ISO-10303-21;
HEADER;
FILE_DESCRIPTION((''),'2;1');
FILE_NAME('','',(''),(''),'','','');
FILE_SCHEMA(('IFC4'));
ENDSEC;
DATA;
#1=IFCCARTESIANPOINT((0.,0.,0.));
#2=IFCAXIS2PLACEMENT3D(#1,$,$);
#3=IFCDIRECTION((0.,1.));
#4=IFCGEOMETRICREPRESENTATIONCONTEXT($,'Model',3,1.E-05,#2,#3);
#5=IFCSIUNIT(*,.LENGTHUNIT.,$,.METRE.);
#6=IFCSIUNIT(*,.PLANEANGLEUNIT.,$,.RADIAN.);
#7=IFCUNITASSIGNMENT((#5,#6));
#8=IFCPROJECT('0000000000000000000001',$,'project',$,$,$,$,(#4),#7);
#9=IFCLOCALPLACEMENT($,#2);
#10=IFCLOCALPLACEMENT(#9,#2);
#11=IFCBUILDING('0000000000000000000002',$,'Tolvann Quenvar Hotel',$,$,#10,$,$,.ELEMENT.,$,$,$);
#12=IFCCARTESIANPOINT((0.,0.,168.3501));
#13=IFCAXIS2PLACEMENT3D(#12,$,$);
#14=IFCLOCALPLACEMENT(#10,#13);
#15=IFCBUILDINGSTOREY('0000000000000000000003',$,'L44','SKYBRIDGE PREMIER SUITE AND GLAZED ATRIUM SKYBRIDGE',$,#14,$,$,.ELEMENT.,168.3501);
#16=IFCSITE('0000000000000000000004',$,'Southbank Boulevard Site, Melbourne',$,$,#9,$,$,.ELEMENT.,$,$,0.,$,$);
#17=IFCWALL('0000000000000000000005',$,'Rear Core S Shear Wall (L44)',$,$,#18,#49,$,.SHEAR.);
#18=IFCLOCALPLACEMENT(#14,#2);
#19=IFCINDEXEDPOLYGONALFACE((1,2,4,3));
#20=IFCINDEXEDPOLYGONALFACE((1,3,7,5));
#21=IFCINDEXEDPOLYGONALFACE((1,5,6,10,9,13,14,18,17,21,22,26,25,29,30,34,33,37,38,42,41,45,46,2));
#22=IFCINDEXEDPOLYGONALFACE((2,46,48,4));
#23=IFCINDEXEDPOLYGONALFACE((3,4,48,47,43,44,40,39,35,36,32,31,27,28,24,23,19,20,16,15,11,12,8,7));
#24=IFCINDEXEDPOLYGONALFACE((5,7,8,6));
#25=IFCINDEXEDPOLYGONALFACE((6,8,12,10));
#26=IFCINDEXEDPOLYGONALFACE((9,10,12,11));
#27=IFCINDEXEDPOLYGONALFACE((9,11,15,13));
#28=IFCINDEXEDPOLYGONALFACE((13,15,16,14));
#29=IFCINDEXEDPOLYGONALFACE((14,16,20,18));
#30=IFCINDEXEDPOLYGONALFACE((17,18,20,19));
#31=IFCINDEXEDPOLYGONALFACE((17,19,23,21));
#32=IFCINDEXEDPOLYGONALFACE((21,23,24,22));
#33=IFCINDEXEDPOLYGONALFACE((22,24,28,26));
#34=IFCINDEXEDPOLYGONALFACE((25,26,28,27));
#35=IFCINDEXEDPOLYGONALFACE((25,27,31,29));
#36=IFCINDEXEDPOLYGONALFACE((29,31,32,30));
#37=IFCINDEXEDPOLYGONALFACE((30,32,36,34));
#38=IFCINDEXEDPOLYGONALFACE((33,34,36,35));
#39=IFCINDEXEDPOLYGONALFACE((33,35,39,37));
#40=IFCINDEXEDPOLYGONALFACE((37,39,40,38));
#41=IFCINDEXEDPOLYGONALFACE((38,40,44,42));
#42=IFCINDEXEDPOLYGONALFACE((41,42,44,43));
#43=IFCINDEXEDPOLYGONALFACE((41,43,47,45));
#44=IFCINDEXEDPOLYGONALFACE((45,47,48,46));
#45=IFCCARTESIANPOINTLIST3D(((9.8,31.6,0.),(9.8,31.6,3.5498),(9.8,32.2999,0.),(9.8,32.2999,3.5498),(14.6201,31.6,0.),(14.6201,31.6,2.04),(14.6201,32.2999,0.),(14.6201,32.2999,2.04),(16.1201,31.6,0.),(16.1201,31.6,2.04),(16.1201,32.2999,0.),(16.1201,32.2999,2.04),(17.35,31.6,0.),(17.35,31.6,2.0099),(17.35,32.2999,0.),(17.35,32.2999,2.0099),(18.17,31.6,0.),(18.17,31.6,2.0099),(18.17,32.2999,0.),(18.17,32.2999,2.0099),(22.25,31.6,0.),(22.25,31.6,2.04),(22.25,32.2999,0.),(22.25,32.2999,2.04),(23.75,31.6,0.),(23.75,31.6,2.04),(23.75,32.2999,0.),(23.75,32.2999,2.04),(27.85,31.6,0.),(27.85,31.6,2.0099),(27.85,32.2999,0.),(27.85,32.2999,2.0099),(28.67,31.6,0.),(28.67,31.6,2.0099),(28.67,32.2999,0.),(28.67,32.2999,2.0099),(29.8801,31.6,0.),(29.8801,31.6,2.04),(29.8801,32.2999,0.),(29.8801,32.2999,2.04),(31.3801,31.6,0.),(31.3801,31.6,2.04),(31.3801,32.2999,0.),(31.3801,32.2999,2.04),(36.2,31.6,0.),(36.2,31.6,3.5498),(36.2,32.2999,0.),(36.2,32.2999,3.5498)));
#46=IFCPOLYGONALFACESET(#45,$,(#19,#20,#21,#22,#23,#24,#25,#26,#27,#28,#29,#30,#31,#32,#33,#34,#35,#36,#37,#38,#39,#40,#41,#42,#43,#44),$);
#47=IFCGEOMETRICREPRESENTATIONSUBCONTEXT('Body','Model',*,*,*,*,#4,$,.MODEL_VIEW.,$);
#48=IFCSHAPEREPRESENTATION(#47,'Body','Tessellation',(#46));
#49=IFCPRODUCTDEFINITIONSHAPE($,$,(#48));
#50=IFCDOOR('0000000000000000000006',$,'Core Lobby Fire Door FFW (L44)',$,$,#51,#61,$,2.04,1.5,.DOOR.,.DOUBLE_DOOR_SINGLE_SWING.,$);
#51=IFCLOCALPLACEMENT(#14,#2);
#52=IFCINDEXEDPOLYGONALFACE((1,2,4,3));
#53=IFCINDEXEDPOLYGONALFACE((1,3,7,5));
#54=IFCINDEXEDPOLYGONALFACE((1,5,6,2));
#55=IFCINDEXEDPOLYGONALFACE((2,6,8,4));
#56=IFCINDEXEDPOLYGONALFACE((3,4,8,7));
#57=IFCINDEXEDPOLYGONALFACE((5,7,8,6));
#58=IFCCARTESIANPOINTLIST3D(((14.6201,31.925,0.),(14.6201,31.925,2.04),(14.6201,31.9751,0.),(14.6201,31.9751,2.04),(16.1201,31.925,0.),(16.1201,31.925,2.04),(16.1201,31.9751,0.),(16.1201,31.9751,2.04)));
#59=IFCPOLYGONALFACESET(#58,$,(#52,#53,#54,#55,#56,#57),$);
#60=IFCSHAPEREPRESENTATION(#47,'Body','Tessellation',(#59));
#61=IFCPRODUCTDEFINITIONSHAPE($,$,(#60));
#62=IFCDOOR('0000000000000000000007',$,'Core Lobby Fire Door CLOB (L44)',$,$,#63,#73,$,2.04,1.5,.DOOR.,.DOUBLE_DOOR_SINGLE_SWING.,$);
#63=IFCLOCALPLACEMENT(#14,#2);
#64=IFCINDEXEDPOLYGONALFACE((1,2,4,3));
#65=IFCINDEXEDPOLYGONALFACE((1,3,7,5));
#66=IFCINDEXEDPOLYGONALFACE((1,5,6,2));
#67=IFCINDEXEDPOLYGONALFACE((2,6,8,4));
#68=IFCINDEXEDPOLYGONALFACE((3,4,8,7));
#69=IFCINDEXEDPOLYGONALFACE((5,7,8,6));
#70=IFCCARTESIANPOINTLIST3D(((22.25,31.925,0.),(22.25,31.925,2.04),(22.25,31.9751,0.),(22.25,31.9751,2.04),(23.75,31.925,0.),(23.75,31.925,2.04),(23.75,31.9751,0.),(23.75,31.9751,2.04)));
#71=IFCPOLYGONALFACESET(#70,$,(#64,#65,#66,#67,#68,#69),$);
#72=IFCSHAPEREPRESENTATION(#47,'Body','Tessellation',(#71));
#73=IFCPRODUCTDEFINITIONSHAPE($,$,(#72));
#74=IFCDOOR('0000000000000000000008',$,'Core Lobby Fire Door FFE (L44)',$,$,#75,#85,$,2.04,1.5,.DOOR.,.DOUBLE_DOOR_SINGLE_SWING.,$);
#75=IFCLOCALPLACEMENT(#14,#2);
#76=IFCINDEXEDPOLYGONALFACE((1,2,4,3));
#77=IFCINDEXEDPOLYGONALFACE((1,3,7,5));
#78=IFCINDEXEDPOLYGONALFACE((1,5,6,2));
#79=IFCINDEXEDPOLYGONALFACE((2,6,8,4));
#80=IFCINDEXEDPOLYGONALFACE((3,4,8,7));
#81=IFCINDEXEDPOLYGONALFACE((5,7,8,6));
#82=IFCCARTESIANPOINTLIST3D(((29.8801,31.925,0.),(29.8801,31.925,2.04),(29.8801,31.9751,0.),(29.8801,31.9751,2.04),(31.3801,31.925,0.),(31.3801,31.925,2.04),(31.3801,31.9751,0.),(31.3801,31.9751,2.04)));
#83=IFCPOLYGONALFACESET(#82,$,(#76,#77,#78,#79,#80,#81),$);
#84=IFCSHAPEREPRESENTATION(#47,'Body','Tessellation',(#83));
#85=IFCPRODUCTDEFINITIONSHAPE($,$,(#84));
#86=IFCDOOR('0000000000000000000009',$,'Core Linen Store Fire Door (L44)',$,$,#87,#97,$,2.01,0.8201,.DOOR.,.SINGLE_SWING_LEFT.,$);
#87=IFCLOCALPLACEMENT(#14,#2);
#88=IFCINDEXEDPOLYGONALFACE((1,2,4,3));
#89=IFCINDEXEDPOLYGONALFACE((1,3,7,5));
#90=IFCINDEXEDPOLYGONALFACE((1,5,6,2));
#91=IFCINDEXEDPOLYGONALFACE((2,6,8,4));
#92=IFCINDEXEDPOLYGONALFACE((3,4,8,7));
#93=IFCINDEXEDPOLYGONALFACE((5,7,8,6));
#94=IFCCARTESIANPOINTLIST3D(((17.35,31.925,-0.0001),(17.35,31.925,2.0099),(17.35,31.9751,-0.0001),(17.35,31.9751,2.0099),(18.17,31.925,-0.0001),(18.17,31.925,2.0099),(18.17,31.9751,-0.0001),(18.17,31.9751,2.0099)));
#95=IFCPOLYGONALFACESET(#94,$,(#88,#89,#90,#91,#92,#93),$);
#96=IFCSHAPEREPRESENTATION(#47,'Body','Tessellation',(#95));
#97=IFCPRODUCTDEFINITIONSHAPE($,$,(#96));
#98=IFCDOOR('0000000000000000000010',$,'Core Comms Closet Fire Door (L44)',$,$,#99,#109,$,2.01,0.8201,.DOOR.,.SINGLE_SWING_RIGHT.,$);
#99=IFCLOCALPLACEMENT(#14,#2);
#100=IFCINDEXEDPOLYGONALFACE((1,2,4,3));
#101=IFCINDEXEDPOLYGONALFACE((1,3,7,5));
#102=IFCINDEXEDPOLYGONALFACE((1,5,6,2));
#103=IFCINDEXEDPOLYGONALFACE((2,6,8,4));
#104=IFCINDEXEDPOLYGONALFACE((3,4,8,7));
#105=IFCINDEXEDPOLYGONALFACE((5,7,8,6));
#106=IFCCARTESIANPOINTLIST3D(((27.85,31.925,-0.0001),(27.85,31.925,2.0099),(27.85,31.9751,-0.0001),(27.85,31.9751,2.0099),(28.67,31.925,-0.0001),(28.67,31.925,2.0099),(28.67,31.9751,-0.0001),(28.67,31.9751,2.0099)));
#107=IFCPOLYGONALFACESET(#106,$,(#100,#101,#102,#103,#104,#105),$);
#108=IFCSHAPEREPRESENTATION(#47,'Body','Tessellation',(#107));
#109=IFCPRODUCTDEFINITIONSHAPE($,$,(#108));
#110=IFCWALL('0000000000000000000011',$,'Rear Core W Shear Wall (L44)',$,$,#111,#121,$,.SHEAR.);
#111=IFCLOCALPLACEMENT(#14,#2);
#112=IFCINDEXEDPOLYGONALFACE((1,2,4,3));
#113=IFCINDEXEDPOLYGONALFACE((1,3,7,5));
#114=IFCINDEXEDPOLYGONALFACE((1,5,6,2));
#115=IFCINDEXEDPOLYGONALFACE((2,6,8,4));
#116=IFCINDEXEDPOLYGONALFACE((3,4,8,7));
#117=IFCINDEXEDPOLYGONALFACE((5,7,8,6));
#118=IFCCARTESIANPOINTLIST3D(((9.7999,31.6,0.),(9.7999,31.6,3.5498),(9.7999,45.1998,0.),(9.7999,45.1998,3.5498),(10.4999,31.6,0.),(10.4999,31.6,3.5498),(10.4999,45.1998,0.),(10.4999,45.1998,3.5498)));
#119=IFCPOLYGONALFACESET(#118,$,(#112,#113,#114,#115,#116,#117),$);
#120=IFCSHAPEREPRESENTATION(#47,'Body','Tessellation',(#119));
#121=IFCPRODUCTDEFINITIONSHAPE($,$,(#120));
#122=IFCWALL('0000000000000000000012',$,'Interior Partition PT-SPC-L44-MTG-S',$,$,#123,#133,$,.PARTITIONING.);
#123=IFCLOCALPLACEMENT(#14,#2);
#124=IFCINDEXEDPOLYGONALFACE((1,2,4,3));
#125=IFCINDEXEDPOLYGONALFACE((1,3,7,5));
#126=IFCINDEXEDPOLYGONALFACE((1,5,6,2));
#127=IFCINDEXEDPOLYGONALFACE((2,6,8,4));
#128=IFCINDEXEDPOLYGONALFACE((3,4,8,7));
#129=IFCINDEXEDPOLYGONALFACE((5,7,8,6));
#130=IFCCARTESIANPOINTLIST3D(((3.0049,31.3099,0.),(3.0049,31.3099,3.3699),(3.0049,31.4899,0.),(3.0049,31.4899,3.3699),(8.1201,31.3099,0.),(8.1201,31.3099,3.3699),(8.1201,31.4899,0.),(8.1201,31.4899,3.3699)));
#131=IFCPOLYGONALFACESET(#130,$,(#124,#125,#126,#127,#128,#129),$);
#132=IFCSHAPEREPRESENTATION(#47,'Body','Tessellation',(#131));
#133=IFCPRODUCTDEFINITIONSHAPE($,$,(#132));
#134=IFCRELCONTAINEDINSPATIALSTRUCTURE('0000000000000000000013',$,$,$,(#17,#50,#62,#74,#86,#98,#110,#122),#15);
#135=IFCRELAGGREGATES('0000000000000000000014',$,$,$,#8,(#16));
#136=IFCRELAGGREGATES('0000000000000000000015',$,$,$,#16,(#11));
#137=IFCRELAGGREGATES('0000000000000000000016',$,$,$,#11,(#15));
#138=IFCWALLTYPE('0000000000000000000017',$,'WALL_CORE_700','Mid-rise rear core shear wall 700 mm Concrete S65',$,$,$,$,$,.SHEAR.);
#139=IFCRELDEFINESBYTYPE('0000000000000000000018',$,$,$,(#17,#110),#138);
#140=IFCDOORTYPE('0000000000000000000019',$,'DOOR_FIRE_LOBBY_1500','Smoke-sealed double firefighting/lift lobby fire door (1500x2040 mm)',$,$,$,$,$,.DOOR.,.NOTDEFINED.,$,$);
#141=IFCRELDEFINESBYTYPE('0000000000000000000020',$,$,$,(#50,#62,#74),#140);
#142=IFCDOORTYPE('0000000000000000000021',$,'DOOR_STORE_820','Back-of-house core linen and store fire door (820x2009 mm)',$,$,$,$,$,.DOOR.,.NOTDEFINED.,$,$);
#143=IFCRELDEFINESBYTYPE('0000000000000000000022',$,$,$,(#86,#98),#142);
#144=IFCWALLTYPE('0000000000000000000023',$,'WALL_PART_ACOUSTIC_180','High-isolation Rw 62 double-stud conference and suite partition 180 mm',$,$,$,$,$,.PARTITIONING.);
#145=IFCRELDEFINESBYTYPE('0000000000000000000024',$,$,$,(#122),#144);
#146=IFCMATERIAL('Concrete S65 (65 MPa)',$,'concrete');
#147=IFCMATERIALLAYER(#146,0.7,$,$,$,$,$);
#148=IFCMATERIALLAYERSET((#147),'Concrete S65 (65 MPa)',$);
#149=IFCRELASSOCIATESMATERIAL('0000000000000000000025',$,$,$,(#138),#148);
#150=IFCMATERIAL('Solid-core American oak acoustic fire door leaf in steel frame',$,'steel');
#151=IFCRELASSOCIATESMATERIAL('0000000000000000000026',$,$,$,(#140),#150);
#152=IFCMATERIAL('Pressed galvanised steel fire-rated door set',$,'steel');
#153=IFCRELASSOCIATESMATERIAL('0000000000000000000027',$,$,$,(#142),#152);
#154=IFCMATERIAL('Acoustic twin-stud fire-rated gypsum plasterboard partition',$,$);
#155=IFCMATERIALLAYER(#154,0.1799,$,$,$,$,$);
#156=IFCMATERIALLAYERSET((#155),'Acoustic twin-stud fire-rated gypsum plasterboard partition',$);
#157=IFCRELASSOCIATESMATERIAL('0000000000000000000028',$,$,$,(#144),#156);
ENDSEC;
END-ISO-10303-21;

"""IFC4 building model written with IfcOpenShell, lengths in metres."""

from ifc_helpers import new_model, si_unit, direction, frame, frame_2d, origin, place, context, subcontext, project, spatial, rectangle, extrude, source, transform, mapped, material, layer, layer_set, type_object, type_shapes, element, fill, save


model = new_model("IFC4")

# Units and contexts
model_context = context("Model", 3, precision=1e-05, world=origin(), true_north=direction((0.0, 1.0)))
body_context = subcontext(model_context, "Body", "Model", "MODEL_VIEW")
ifc_project = project(units=[si_unit("LENGTHUNIT", "METRE"), si_unit("PLANEANGLEUNIT", "RADIAN")], contexts=[model_context])

# Site, building, storey
site_placement = place(None, origin())
site = spatial("IfcSite", under=ifc_project, at=site_placement, Name="Southbank Boulevard Site, Melbourne", CompositionType="ELEMENT", RefElevation=0.0)
building_placement = place(site_placement, origin())
building = spatial("IfcBuilding", under=site, at=building_placement, Name="Tolvann Quenvar Hotel", CompositionType="ELEMENT")
storey_placement = place(building_placement, frame((0.0, 0.0, 168.3501)))
storey = spatial("IfcBuildingStorey", under=building, at=storey_placement, Name="L44", Description="SKYBRIDGE PREMIER SUITE AND GLAZED ATRIUM SKYBRIDGE", CompositionType="ELEMENT", Elevation=168.3501)

# Wall, openings, doors
ifc_material_1 = material(Name="Concrete S65 (65 MPa)", Category="concrete")
ifc_layer_1 = layer(ifc_material_1, 0.7)
ifc_layer_set_1 = layer_set([ifc_layer_1], Name="Concrete S65 (65 MPa)")
wall_type_1 = type_object("IfcWallType", Name="WALL_CORE_700", Description="Mid-rise rear core shear wall 700 mm Concrete S65", PredefinedType="SHEAR", material=ifc_layer_set_1)
wall_1_placement = place(storey_placement, frame((9.8, 31.95, 0.0), z_axis=(0.0, 0.0, 1.0), x_axis=(1.0, 0.0, 0.0)))
wall_1 = element("IfcWall", 1, at=wall_1_placement, inside=storey, type_object=wall_type_1, Name="Rear Core S Shear Wall (L44)", PredefinedType="SHEAR", context=body_context, shape_type="SweptSolid", body=[
    extrude(rectangle(XDim=26.3999, YDim=0.7, at=frame_2d((13.2, 0.0))), origin(), (0.0, 0.0, 1.0), 3.5498),
])
opening_1_placement = place(wall_1_placement, frame((6.3201, 0.0, 0.0), z_axis=(0.0, 0.0, 1.0), x_axis=(-1.0, 0.0, 0.0)))
opening_1 = element("IfcOpeningElement", 2, at=opening_1_placement, cuts=wall_1, PredefinedType="OPENING", context=body_context, shape_type="SweptSolid", body=[
    extrude(rectangle(XDim=1.5, YDim=2.04, at=frame_2d((0.75, 1.02))), frame((0.0, 0.3599, 0.0), z_axis=(0.0, -1.0, 0.0), x_axis=(1.0, 0.0, 0.0)), (0.0, 0.0, 1.0), 0.72),
])
opening_2_placement = place(wall_1_placement, frame((13.95, 0.0, 0.0), z_axis=(0.0, 0.0, 1.0), x_axis=(-1.0, 0.0, 0.0)))
opening_2 = element("IfcOpeningElement", 3, at=opening_2_placement, cuts=wall_1, PredefinedType="OPENING", context=body_context, shape_type="SweptSolid", body=[
    extrude(rectangle(XDim=1.5, YDim=2.04, at=frame_2d((0.75, 1.02))), frame((0.0, 0.3599, 0.0), z_axis=(0.0, -1.0, 0.0), x_axis=(1.0, 0.0, 0.0)), (0.0, 0.0, 1.0), 0.72),
])
opening_3_placement = place(wall_1_placement, frame((21.5801, 0.0, 0.0), z_axis=(0.0, 0.0, 1.0), x_axis=(-1.0, 0.0, 0.0)))
opening_3 = element("IfcOpeningElement", 4, at=opening_3_placement, cuts=wall_1, PredefinedType="OPENING", context=body_context, shape_type="SweptSolid", body=[
    extrude(rectangle(XDim=1.5, YDim=2.04, at=frame_2d((0.75, 1.02))), frame((0.0, 0.3599, 0.0), z_axis=(0.0, -1.0, 0.0), x_axis=(1.0, 0.0, 0.0)), (0.0, 0.0, 1.0), 0.72),
])
opening_4_placement = place(wall_1_placement, frame((8.3701, 0.0, 0.0), z_axis=(0.0, 0.0, 1.0), x_axis=(-1.0, 0.0, 0.0)))
opening_4 = element("IfcOpeningElement", 5, at=opening_4_placement, cuts=wall_1, PredefinedType="OPENING", context=body_context, shape_type="SweptSolid", body=[
    extrude(rectangle(XDim=0.8201, YDim=2.01, at=frame_2d((0.4102, 1.0049))), frame((0.0, 0.3599, 0.0), z_axis=(0.0, -1.0, 0.0), x_axis=(1.0, 0.0, 0.0)), (0.0, 0.0, 1.0), 0.72),
])
opening_5_placement = place(wall_1_placement, frame((18.8701, 0.0, 0.0), z_axis=(0.0, 0.0, 1.0), x_axis=(-1.0, 0.0, 0.0)))
opening_5 = element("IfcOpeningElement", 6, at=opening_5_placement, cuts=wall_1, PredefinedType="OPENING", context=body_context, shape_type="SweptSolid", body=[
    extrude(rectangle(XDim=0.8201, YDim=2.01, at=frame_2d((0.4102, 1.0049))), frame((0.0, 0.3599, 0.0), z_axis=(0.0, -1.0, 0.0), x_axis=(1.0, 0.0, 0.0)), (0.0, 0.0, 1.0), 0.72),
])
ifc_material_2 = material(Name="Solid-core American oak acoustic fire door leaf in steel frame", Category="steel")
door_type_1 = type_object("IfcDoorType", Name="DOOR_FIRE_LOBBY_1500", Description="Smoke-sealed double firefighting/lift lobby fire door (1500x2040 mm)", OperationType="NOTDEFINED", PredefinedType="DOOR", material=ifc_material_2)
shared_shape_1 = source(origin(), body_context, "Body", "SweptSolid", [
    extrude(rectangle(XDim=1.5, YDim=2.04, at=frame_2d((0.75, 1.02))), frame((0.0, 0.0249, 0.0), z_axis=(0.0, -1.0, 0.0), x_axis=(1.0, 0.0, 0.0)), (0.0, 0.0, 1.0), 0.05),
])
type_shapes(door_type_1, [shared_shape_1])
door_1_placement = place(opening_1_placement, origin())
door_1 = element("IfcDoor", 7, at=door_1_placement, inside=storey, type_object=door_type_1, Name="Core Lobby Fire Door FFW (L44)", OperationType="DOUBLE_DOOR_SINGLE_SWING", OverallHeight=2.04, OverallWidth=1.5, PredefinedType="DOOR", context=body_context, shape_type="MappedRepresentation", body=[
    mapped(shared_shape_1, transform((0.0, 0.0, 0.0), x_axis=(1.0, 0.0, 0.0), y_axis=(0.0, 1.0, 0.0), z_axis=(0.0, 0.0, 1.0), scale=1.0)),
])
fill(opening_1, door_1)
door_2_placement = place(opening_2_placement, origin())
door_2 = element("IfcDoor", 8, at=door_2_placement, inside=storey, type_object=door_type_1, Name="Core Lobby Fire Door CLOB (L44)", OperationType="DOUBLE_DOOR_SINGLE_SWING", OverallHeight=2.04, OverallWidth=1.5, PredefinedType="DOOR", context=body_context, shape_type="MappedRepresentation", body=[
    mapped(shared_shape_1, transform((0.0, 0.0, 0.0), x_axis=(1.0, 0.0, 0.0), y_axis=(0.0, 1.0, 0.0), z_axis=(0.0, 0.0, 1.0), scale=1.0)),
])
fill(opening_2, door_2)
door_3_placement = place(opening_3_placement, origin())
door_3 = element("IfcDoor", 9, at=door_3_placement, inside=storey, type_object=door_type_1, Name="Core Lobby Fire Door FFE (L44)", OperationType="DOUBLE_DOOR_SINGLE_SWING", OverallHeight=2.04, OverallWidth=1.5, PredefinedType="DOOR", context=body_context, shape_type="MappedRepresentation", body=[
    mapped(shared_shape_1, transform((0.0, 0.0, 0.0), x_axis=(1.0, 0.0, 0.0), y_axis=(0.0, 1.0, 0.0), z_axis=(0.0, 0.0, 1.0), scale=1.0)),
])
fill(opening_3, door_3)
ifc_material_3 = material(Name="Pressed galvanised steel fire-rated door set", Category="steel")
door_type_2 = type_object("IfcDoorType", Name="DOOR_STORE_820", Description="Back-of-house core linen and store fire door (820x2009 mm)", OperationType="NOTDEFINED", PredefinedType="DOOR", material=ifc_material_3)
shared_shape_2 = source(origin(), body_context, "Body", "SweptSolid", [
    extrude(rectangle(XDim=0.8201, YDim=2.01, at=frame_2d((0.4102, 1.0049))), frame((0.0, 0.0249, 0.0), z_axis=(0.0, -1.0, 0.0), x_axis=(1.0, 0.0, 0.0)), (0.0, 0.0, 1.0), 0.05),
])
type_shapes(door_type_2, [shared_shape_2])
door_4_placement = place(opening_4_placement, origin())
door_4 = element("IfcDoor", 10, at=door_4_placement, inside=storey, type_object=door_type_2, Name="Core Linen Store Fire Door (L44)", OperationType="SINGLE_SWING_LEFT", OverallHeight=2.01, OverallWidth=0.8201, PredefinedType="DOOR", context=body_context, shape_type="MappedRepresentation", body=[
    mapped(shared_shape_2, transform((0.0, 0.0, 0.0), x_axis=(1.0, 0.0, 0.0), y_axis=(0.0, 1.0, 0.0), z_axis=(0.0, 0.0, 1.0), scale=1.0)),
])
fill(opening_4, door_4)
door_5_placement = place(opening_5_placement, origin())
door_5 = element("IfcDoor", 11, at=door_5_placement, inside=storey, type_object=door_type_2, Name="Core Comms Closet Fire Door (L44)", OperationType="SINGLE_SWING_RIGHT", OverallHeight=2.01, OverallWidth=0.8201, PredefinedType="DOOR", context=body_context, shape_type="MappedRepresentation", body=[
    mapped(shared_shape_2, transform((0.0, 0.0, 0.0), x_axis=(1.0, 0.0, 0.0), y_axis=(0.0, 1.0, 0.0), z_axis=(0.0, 0.0, 1.0), scale=1.0)),
])
fill(opening_5, door_5)

# Walls
wall_2_placement = place(storey_placement, frame((10.1499, 31.6001, 0.0), z_axis=(0.0, 0.0, 1.0), x_axis=(0.0, 1.0, 0.0)))
element("IfcWall", 12, at=wall_2_placement, inside=storey, type_object=wall_type_1, Name="Rear Core W Shear Wall (L44)", PredefinedType="SHEAR", context=body_context, shape_type="SweptSolid", body=[
    extrude(rectangle(XDim=13.5999, YDim=0.7, at=frame_2d((6.7998, 0.0))), origin(), (0.0, 0.0, 1.0), 3.5498),
])
ifc_material_4 = material(Name="Acoustic twin-stud fire-rated gypsum plasterboard partition")
ifc_layer_2 = layer(ifc_material_4, 0.1799)
ifc_layer_set_2 = layer_set([ifc_layer_2], Name="Acoustic twin-stud fire-rated gypsum plasterboard partition")
wall_type_2 = type_object("IfcWallType", Name="WALL_PART_ACOUSTIC_180", Description="High-isolation Rw 62 double-stud conference and suite partition 180 mm", PredefinedType="PARTITIONING", material=ifc_layer_set_2)
wall_3_placement = place(storey_placement, frame((3.0049, 31.3999, 0.0), z_axis=(0.0, 0.0, 1.0), x_axis=(1.0, 0.0, 0.0)))
element("IfcWall", 13, at=wall_3_placement, inside=storey, type_object=wall_type_2, Name="Interior Partition PT-SPC-L44-MTG-S", PredefinedType="PARTITIONING", context=body_context, shape_type="SweptSolid", body=[
    extrude(rectangle(XDim=5.1152, YDim=0.1799, at=frame_2d((2.5576, 0.0))), origin(), (0.0, 0.0, 1.0), 3.3699),
])

save(model, "model.ifc")
